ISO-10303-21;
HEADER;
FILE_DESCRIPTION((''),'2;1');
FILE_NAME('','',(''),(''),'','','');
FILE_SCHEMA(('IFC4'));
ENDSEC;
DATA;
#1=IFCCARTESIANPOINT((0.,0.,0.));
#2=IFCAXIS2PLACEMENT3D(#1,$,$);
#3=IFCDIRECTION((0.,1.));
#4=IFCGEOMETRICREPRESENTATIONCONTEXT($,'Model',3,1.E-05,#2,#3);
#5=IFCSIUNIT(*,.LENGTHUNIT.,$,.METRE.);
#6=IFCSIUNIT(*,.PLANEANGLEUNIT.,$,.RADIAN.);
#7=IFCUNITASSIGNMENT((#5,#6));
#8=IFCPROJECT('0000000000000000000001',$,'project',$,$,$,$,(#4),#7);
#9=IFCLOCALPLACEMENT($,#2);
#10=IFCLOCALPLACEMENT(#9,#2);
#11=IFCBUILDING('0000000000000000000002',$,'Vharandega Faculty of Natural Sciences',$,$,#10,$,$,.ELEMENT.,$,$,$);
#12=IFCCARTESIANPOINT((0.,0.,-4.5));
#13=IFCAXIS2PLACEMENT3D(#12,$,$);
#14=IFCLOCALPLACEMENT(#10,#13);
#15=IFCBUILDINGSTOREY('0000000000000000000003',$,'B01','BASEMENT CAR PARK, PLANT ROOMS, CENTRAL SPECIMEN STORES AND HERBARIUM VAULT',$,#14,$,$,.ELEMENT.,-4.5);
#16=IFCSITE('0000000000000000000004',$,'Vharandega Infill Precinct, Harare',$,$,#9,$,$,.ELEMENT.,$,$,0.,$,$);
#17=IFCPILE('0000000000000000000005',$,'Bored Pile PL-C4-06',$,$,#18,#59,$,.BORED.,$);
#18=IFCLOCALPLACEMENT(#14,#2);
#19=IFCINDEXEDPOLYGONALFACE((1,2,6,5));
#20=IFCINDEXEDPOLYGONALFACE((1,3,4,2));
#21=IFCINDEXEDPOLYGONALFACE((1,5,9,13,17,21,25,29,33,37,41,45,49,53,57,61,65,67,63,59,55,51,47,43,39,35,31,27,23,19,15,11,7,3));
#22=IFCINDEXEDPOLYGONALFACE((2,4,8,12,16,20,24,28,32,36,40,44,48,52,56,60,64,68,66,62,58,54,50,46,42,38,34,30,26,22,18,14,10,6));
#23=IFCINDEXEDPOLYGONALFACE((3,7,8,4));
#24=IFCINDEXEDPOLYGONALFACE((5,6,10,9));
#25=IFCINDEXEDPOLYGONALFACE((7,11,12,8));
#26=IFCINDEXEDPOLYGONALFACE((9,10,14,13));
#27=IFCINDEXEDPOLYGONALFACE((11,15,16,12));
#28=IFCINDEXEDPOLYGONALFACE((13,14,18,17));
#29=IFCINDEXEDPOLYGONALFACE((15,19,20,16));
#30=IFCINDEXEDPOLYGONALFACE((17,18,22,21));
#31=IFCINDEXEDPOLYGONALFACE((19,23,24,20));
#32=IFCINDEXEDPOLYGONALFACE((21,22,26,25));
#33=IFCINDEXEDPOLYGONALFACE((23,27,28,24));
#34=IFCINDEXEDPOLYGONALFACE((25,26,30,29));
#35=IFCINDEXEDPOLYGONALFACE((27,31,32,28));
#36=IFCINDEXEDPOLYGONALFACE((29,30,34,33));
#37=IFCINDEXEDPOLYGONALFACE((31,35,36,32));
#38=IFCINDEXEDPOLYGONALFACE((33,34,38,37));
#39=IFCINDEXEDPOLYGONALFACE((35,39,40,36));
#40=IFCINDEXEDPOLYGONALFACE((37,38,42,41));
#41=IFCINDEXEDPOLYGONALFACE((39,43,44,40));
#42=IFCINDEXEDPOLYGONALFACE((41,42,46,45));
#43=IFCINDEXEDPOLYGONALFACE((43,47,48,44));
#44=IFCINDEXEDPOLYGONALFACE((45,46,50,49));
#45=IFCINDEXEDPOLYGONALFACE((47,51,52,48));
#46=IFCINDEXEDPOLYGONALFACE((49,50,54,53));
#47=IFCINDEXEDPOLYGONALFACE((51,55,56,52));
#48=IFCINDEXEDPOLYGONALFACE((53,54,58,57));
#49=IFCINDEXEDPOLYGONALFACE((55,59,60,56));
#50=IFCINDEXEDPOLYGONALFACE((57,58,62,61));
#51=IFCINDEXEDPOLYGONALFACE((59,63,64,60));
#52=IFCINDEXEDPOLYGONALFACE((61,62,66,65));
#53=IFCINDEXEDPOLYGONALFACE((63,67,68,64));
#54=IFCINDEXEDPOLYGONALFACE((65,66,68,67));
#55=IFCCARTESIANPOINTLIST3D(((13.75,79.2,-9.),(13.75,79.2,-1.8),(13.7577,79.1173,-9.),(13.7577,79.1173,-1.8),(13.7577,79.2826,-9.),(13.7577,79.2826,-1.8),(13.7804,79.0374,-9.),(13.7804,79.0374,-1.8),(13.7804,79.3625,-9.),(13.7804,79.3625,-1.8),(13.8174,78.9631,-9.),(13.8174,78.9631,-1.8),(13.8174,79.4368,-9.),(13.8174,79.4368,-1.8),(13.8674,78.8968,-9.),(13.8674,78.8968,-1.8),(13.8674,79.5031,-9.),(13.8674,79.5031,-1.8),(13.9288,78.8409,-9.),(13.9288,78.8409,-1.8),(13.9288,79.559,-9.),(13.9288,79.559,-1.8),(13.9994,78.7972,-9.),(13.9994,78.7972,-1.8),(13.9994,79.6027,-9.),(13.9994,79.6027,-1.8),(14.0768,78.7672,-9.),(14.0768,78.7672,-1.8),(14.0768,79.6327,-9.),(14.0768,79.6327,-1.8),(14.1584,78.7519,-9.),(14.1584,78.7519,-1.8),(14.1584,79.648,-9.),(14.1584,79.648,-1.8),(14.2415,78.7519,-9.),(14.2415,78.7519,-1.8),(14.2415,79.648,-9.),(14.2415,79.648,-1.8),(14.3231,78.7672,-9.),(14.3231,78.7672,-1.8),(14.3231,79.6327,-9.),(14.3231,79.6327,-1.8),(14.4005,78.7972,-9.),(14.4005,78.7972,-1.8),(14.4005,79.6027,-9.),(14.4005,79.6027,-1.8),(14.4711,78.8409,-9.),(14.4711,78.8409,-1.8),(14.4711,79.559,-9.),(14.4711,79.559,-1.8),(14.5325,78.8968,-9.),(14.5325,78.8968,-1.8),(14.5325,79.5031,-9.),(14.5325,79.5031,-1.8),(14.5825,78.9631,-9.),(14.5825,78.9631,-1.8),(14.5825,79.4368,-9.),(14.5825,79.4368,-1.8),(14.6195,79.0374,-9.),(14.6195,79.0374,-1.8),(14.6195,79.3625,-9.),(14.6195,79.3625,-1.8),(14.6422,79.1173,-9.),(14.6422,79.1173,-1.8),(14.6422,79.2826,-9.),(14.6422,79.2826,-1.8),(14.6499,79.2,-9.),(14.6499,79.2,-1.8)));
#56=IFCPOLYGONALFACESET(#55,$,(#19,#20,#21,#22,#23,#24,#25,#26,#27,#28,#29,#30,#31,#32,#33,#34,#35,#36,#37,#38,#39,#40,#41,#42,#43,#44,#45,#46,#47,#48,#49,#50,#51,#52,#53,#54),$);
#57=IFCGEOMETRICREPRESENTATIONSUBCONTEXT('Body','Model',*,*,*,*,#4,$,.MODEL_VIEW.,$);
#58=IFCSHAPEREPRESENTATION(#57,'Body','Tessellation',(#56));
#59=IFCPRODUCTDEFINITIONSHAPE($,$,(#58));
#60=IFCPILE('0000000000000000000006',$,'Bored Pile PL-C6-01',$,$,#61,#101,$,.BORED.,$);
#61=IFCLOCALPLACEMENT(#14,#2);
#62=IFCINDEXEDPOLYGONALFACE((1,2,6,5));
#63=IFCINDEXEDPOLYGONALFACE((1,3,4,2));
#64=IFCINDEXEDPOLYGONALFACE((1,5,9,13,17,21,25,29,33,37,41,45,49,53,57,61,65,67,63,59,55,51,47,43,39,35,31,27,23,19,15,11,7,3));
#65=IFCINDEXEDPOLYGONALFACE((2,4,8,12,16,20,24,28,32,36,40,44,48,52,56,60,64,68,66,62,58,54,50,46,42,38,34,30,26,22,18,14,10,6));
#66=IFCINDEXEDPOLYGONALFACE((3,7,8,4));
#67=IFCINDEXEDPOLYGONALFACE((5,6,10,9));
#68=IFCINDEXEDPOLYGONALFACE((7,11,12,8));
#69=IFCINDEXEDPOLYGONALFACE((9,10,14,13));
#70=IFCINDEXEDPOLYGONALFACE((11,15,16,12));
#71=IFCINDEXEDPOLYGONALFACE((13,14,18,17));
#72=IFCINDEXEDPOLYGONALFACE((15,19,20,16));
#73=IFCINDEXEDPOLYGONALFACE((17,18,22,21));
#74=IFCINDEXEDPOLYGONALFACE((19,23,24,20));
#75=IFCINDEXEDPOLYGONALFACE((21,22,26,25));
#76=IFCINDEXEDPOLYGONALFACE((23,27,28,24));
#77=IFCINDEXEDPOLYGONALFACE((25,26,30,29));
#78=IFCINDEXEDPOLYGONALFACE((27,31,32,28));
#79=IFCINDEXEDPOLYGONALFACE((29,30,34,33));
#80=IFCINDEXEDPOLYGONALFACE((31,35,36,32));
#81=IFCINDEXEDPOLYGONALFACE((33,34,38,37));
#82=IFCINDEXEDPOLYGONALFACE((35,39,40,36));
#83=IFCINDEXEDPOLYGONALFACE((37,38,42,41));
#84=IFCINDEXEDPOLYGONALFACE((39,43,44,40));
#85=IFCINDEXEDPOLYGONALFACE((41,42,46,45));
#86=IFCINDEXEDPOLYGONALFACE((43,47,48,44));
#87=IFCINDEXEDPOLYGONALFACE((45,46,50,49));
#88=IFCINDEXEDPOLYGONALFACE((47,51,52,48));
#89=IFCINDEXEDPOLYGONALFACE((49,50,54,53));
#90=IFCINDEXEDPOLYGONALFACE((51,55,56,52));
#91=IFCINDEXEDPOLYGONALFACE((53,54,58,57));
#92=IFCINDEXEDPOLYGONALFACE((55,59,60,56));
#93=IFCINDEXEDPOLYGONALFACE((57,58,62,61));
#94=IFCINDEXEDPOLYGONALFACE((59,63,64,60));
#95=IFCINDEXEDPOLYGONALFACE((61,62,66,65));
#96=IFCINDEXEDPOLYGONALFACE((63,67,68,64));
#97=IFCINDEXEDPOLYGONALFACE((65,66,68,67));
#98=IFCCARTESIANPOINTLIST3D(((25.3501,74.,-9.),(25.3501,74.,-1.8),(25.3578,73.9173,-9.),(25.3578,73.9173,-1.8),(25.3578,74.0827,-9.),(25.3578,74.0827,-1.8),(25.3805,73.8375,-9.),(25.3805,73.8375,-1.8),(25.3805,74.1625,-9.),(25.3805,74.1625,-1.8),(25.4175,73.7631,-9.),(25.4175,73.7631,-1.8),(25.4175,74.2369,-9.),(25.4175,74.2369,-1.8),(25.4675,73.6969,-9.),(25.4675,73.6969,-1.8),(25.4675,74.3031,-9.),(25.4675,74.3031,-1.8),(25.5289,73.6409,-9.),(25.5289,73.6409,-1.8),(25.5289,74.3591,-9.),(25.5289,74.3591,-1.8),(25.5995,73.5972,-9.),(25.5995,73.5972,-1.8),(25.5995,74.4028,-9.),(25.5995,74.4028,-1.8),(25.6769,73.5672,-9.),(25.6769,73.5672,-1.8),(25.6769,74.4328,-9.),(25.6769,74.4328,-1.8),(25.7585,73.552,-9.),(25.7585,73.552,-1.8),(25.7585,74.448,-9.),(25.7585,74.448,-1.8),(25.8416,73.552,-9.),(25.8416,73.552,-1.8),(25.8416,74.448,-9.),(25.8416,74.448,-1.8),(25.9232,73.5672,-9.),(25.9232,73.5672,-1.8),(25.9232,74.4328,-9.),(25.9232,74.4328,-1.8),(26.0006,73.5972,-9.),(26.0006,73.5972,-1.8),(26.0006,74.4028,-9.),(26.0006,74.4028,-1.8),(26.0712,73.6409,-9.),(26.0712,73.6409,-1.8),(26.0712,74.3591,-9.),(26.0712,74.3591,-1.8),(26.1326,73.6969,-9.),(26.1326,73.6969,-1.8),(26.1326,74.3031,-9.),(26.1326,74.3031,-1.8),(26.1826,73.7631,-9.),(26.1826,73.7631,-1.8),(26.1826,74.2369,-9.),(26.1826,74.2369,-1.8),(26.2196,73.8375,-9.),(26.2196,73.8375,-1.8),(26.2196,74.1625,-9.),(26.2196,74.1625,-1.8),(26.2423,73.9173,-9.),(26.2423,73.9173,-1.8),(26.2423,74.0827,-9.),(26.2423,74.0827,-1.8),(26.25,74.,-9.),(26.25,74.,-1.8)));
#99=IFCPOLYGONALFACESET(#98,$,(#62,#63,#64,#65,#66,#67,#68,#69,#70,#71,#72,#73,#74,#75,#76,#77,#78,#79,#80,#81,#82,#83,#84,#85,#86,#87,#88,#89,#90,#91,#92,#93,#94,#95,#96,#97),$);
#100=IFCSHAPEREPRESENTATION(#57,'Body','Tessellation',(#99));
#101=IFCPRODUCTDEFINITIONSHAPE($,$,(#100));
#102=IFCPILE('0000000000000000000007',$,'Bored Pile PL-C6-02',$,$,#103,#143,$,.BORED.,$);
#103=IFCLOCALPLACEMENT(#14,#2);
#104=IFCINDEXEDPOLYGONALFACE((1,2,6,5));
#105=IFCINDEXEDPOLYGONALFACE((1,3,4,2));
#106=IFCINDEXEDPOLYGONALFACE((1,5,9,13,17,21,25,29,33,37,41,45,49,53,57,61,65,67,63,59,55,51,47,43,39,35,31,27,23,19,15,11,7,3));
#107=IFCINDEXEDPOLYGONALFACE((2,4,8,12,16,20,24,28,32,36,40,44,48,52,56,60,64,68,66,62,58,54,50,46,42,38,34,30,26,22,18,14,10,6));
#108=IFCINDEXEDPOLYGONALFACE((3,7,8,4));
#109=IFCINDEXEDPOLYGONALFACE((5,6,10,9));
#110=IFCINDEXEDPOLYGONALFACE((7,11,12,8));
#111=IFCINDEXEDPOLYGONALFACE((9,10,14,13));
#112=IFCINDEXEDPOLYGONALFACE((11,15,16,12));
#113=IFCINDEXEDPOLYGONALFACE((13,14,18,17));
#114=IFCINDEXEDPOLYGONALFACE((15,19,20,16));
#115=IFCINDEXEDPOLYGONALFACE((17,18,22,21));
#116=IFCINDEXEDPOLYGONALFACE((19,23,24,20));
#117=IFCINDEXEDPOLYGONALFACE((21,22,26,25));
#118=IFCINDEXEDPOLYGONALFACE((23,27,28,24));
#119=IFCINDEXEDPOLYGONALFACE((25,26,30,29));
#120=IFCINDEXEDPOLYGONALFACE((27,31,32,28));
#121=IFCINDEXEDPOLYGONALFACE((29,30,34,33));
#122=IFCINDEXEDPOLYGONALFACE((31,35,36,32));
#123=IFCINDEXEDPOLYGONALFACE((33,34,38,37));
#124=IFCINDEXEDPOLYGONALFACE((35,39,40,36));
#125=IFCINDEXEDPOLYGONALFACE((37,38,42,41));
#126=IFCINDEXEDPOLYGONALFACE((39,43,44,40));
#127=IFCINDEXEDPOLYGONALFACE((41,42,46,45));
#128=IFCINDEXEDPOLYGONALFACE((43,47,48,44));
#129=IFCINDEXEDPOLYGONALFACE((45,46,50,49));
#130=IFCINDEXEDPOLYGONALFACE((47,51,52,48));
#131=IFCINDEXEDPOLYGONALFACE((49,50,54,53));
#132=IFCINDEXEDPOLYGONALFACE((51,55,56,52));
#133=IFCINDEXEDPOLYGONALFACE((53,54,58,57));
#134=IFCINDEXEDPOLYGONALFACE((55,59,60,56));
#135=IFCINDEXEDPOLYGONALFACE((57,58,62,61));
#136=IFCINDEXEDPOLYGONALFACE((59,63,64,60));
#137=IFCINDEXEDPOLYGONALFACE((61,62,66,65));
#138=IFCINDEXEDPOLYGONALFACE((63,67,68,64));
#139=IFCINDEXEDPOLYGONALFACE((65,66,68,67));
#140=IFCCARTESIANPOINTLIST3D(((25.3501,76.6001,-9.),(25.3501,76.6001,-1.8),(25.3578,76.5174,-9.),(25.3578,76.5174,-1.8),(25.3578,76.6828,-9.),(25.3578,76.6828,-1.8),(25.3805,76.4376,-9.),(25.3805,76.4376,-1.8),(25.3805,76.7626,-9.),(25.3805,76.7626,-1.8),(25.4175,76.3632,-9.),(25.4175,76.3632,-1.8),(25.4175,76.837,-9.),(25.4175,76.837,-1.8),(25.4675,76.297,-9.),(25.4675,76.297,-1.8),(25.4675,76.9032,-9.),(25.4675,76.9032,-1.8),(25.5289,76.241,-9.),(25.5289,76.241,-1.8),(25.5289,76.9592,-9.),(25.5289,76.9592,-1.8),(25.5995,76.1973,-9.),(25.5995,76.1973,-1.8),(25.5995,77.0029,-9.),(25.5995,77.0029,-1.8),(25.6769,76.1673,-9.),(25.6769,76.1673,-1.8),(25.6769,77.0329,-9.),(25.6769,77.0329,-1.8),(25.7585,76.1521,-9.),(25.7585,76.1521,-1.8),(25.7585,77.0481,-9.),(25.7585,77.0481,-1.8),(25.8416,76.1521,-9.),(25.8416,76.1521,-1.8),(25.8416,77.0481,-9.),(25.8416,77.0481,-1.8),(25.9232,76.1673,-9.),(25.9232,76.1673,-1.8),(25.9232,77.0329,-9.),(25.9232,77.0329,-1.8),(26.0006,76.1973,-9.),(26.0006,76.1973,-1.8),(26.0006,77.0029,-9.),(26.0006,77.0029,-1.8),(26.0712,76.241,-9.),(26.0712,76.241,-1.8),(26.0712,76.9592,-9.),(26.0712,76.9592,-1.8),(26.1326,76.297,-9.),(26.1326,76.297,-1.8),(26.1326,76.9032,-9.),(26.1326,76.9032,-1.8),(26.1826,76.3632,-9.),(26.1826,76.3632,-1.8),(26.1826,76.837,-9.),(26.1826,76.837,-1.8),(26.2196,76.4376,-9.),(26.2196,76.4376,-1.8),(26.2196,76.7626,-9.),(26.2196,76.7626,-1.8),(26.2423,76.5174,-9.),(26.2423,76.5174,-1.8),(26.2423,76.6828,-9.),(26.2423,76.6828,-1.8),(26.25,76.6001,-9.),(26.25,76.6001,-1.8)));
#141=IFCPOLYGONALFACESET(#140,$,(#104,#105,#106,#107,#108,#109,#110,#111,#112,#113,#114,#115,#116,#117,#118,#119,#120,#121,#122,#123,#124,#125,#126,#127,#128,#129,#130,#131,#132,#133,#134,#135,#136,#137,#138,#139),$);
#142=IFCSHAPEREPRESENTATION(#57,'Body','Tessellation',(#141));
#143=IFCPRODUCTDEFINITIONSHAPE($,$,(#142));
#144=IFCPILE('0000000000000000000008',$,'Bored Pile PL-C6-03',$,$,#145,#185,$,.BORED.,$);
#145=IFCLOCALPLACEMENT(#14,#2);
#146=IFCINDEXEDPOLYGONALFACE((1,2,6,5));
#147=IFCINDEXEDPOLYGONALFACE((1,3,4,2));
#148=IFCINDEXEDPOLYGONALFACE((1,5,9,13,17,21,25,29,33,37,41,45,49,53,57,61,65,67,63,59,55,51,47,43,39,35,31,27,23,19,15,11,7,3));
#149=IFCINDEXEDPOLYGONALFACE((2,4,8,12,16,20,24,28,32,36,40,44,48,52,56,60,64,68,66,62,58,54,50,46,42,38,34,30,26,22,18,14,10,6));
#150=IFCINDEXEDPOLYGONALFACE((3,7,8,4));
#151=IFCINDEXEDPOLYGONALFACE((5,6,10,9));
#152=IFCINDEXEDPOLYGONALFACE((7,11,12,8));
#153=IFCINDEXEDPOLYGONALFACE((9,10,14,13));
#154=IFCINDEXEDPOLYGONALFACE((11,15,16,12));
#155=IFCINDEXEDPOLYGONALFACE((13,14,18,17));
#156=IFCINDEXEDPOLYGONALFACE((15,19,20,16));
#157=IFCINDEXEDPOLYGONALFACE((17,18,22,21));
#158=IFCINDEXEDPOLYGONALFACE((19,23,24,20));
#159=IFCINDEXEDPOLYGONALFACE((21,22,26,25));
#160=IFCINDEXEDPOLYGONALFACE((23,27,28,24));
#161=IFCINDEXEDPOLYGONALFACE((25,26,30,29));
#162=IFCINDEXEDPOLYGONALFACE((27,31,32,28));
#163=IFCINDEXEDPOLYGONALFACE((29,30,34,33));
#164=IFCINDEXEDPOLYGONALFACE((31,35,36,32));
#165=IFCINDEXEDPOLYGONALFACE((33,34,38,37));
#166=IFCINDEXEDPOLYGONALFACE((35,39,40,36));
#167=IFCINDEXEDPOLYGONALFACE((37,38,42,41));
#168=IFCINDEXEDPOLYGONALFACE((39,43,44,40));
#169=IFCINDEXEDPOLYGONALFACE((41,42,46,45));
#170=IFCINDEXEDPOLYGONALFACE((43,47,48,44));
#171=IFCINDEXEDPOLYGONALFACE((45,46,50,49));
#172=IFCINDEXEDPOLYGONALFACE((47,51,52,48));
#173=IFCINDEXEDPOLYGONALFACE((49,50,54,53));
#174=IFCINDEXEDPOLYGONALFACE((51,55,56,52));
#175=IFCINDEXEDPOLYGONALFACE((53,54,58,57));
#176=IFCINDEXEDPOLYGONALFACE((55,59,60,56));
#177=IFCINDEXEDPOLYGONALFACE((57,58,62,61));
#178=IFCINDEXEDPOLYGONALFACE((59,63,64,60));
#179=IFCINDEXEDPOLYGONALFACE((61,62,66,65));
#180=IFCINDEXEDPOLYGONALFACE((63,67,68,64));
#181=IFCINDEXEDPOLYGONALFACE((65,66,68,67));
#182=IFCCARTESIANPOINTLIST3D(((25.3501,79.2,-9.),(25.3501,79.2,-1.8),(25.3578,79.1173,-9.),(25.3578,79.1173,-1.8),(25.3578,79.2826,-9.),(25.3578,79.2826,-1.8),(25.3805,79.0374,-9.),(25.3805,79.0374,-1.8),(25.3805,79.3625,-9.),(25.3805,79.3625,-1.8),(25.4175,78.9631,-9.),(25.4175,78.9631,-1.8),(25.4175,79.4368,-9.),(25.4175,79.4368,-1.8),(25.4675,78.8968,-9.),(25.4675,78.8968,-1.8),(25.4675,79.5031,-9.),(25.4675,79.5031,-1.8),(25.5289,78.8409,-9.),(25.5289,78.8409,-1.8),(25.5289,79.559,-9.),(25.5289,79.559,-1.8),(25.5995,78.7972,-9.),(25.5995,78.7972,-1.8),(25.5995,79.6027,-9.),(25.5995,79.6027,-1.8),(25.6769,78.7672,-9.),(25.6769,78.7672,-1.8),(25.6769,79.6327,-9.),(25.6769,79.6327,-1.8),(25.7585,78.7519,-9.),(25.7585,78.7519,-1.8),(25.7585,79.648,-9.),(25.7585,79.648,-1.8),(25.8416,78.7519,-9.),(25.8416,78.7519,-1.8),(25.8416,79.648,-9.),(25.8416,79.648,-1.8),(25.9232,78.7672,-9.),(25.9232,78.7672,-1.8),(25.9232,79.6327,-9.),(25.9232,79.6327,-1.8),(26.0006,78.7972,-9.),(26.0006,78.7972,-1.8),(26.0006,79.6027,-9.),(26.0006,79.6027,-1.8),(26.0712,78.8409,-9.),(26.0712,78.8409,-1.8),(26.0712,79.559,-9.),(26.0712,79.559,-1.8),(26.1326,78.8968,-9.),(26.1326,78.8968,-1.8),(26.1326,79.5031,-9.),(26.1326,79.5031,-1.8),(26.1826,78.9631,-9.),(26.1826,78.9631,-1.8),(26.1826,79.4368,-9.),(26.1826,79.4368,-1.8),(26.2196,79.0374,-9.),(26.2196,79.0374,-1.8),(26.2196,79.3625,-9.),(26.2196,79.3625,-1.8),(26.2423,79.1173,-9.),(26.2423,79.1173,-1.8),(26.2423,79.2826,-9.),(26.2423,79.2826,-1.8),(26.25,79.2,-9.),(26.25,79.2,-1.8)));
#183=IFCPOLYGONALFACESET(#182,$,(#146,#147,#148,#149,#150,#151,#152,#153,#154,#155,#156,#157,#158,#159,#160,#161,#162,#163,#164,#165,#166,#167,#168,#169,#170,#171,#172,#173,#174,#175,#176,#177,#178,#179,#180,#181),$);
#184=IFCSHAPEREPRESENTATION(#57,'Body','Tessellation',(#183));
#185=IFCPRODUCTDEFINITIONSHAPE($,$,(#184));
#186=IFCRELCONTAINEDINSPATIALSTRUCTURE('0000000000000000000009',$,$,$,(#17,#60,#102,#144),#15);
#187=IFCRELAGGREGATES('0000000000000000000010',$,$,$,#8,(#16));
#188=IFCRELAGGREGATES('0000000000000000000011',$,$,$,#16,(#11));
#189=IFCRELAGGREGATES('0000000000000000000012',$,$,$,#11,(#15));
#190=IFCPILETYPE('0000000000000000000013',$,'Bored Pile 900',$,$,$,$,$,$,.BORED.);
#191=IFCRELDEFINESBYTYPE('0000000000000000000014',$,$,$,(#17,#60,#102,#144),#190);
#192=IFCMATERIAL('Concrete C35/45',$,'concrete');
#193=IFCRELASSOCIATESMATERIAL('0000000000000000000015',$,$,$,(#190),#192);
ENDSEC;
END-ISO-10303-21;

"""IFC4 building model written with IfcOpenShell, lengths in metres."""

from ifc_helpers import new_model, si_unit, direction, frame, origin, origin_2d, place, context, subcontext, project, spatial, circle, extrude, material, material_profile, profile_set, type_object, element, save


model = new_model("IFC4")

# Units and contexts
model_context = context("Model", 3, precision=1e-05, world=origin(), true_north=direction((0.0, 1.0)))
body_context = subcontext(model_context, "Body", "Model", "MODEL_VIEW")
ifc_project = project(units=[si_unit("LENGTHUNIT", "METRE"), si_unit("PLANEANGLEUNIT", "RADIAN")], contexts=[model_context])

# Site, building, storey
site_placement = place(None, origin())
site = spatial("IfcSite", under=ifc_project, at=site_placement, Name="Vharandega Infill Precinct, Harare", CompositionType="ELEMENT", RefElevation=0.0)
building_placement = place(site_placement, origin())
building = spatial("IfcBuilding", under=site, at=building_placement, Name="Vharandega Faculty of Natural Sciences", CompositionType="ELEMENT")
storey_placement = place(building_placement, frame((0.0, 0.0, -4.5)))
storey = spatial("IfcBuildingStorey", under=building, at=storey_placement, Name="B01", Description="BASEMENT CAR PARK, PLANT ROOMS, CENTRAL SPECIMEN STORES AND HERBARIUM VAULT", CompositionType="ELEMENT", Elevation=-4.5)

# Piles
ifc_material_1 = material(Name="Concrete C35/45", Category="concrete")
ifc_material_profile = material_profile(ifc_material_1, circle(Radius=0.45, at=origin_2d()), Name="PILE 900")
ifc_profile_set = profile_set([ifc_material_profile], Name="Concrete C35/45")
pile_type = type_object("IfcPileType", Name="Bored Pile 900", PredefinedType="BORED", material=ifc_profile_set)
for number, where, z_axis, x_axis, name in (
    (1, (14.2, 79.2, -1.8), (0.0, 0.0, -1.0), (1.0, 0.0, 0.0), "Bored Pile PL-C4-06"),
    (2, (25.8, 74.0, -1.8), (0.0, 0.0, -1.0), (1.0, 0.0, 0.0), "Bored Pile PL-C6-01"),
    (3, (25.8, 76.6001, -1.8), (0.0, 0.0, -1.0), (1.0, 0.0, 0.0), "Bored Pile PL-C6-02"),
    (4, (25.8, 79.2, -1.8), (0.0, 0.0, -1.0), (1.0, 0.0, 0.0), "Bored Pile PL-C6-03"),
):
    element("IfcPile", number, at=place(storey_placement, frame(where, z_axis=z_axis, x_axis=x_axis)), inside=storey, type_object=pile_type, Name=name, PredefinedType="BORED", context=body_context, shape_type="SweptSolid", body=[
        extrude(circle(Radius=0.45, at=origin_2d()), origin(), (0.0, 0.0, 1.0), 7.2),
    ])

save(model, "model.ifc")
